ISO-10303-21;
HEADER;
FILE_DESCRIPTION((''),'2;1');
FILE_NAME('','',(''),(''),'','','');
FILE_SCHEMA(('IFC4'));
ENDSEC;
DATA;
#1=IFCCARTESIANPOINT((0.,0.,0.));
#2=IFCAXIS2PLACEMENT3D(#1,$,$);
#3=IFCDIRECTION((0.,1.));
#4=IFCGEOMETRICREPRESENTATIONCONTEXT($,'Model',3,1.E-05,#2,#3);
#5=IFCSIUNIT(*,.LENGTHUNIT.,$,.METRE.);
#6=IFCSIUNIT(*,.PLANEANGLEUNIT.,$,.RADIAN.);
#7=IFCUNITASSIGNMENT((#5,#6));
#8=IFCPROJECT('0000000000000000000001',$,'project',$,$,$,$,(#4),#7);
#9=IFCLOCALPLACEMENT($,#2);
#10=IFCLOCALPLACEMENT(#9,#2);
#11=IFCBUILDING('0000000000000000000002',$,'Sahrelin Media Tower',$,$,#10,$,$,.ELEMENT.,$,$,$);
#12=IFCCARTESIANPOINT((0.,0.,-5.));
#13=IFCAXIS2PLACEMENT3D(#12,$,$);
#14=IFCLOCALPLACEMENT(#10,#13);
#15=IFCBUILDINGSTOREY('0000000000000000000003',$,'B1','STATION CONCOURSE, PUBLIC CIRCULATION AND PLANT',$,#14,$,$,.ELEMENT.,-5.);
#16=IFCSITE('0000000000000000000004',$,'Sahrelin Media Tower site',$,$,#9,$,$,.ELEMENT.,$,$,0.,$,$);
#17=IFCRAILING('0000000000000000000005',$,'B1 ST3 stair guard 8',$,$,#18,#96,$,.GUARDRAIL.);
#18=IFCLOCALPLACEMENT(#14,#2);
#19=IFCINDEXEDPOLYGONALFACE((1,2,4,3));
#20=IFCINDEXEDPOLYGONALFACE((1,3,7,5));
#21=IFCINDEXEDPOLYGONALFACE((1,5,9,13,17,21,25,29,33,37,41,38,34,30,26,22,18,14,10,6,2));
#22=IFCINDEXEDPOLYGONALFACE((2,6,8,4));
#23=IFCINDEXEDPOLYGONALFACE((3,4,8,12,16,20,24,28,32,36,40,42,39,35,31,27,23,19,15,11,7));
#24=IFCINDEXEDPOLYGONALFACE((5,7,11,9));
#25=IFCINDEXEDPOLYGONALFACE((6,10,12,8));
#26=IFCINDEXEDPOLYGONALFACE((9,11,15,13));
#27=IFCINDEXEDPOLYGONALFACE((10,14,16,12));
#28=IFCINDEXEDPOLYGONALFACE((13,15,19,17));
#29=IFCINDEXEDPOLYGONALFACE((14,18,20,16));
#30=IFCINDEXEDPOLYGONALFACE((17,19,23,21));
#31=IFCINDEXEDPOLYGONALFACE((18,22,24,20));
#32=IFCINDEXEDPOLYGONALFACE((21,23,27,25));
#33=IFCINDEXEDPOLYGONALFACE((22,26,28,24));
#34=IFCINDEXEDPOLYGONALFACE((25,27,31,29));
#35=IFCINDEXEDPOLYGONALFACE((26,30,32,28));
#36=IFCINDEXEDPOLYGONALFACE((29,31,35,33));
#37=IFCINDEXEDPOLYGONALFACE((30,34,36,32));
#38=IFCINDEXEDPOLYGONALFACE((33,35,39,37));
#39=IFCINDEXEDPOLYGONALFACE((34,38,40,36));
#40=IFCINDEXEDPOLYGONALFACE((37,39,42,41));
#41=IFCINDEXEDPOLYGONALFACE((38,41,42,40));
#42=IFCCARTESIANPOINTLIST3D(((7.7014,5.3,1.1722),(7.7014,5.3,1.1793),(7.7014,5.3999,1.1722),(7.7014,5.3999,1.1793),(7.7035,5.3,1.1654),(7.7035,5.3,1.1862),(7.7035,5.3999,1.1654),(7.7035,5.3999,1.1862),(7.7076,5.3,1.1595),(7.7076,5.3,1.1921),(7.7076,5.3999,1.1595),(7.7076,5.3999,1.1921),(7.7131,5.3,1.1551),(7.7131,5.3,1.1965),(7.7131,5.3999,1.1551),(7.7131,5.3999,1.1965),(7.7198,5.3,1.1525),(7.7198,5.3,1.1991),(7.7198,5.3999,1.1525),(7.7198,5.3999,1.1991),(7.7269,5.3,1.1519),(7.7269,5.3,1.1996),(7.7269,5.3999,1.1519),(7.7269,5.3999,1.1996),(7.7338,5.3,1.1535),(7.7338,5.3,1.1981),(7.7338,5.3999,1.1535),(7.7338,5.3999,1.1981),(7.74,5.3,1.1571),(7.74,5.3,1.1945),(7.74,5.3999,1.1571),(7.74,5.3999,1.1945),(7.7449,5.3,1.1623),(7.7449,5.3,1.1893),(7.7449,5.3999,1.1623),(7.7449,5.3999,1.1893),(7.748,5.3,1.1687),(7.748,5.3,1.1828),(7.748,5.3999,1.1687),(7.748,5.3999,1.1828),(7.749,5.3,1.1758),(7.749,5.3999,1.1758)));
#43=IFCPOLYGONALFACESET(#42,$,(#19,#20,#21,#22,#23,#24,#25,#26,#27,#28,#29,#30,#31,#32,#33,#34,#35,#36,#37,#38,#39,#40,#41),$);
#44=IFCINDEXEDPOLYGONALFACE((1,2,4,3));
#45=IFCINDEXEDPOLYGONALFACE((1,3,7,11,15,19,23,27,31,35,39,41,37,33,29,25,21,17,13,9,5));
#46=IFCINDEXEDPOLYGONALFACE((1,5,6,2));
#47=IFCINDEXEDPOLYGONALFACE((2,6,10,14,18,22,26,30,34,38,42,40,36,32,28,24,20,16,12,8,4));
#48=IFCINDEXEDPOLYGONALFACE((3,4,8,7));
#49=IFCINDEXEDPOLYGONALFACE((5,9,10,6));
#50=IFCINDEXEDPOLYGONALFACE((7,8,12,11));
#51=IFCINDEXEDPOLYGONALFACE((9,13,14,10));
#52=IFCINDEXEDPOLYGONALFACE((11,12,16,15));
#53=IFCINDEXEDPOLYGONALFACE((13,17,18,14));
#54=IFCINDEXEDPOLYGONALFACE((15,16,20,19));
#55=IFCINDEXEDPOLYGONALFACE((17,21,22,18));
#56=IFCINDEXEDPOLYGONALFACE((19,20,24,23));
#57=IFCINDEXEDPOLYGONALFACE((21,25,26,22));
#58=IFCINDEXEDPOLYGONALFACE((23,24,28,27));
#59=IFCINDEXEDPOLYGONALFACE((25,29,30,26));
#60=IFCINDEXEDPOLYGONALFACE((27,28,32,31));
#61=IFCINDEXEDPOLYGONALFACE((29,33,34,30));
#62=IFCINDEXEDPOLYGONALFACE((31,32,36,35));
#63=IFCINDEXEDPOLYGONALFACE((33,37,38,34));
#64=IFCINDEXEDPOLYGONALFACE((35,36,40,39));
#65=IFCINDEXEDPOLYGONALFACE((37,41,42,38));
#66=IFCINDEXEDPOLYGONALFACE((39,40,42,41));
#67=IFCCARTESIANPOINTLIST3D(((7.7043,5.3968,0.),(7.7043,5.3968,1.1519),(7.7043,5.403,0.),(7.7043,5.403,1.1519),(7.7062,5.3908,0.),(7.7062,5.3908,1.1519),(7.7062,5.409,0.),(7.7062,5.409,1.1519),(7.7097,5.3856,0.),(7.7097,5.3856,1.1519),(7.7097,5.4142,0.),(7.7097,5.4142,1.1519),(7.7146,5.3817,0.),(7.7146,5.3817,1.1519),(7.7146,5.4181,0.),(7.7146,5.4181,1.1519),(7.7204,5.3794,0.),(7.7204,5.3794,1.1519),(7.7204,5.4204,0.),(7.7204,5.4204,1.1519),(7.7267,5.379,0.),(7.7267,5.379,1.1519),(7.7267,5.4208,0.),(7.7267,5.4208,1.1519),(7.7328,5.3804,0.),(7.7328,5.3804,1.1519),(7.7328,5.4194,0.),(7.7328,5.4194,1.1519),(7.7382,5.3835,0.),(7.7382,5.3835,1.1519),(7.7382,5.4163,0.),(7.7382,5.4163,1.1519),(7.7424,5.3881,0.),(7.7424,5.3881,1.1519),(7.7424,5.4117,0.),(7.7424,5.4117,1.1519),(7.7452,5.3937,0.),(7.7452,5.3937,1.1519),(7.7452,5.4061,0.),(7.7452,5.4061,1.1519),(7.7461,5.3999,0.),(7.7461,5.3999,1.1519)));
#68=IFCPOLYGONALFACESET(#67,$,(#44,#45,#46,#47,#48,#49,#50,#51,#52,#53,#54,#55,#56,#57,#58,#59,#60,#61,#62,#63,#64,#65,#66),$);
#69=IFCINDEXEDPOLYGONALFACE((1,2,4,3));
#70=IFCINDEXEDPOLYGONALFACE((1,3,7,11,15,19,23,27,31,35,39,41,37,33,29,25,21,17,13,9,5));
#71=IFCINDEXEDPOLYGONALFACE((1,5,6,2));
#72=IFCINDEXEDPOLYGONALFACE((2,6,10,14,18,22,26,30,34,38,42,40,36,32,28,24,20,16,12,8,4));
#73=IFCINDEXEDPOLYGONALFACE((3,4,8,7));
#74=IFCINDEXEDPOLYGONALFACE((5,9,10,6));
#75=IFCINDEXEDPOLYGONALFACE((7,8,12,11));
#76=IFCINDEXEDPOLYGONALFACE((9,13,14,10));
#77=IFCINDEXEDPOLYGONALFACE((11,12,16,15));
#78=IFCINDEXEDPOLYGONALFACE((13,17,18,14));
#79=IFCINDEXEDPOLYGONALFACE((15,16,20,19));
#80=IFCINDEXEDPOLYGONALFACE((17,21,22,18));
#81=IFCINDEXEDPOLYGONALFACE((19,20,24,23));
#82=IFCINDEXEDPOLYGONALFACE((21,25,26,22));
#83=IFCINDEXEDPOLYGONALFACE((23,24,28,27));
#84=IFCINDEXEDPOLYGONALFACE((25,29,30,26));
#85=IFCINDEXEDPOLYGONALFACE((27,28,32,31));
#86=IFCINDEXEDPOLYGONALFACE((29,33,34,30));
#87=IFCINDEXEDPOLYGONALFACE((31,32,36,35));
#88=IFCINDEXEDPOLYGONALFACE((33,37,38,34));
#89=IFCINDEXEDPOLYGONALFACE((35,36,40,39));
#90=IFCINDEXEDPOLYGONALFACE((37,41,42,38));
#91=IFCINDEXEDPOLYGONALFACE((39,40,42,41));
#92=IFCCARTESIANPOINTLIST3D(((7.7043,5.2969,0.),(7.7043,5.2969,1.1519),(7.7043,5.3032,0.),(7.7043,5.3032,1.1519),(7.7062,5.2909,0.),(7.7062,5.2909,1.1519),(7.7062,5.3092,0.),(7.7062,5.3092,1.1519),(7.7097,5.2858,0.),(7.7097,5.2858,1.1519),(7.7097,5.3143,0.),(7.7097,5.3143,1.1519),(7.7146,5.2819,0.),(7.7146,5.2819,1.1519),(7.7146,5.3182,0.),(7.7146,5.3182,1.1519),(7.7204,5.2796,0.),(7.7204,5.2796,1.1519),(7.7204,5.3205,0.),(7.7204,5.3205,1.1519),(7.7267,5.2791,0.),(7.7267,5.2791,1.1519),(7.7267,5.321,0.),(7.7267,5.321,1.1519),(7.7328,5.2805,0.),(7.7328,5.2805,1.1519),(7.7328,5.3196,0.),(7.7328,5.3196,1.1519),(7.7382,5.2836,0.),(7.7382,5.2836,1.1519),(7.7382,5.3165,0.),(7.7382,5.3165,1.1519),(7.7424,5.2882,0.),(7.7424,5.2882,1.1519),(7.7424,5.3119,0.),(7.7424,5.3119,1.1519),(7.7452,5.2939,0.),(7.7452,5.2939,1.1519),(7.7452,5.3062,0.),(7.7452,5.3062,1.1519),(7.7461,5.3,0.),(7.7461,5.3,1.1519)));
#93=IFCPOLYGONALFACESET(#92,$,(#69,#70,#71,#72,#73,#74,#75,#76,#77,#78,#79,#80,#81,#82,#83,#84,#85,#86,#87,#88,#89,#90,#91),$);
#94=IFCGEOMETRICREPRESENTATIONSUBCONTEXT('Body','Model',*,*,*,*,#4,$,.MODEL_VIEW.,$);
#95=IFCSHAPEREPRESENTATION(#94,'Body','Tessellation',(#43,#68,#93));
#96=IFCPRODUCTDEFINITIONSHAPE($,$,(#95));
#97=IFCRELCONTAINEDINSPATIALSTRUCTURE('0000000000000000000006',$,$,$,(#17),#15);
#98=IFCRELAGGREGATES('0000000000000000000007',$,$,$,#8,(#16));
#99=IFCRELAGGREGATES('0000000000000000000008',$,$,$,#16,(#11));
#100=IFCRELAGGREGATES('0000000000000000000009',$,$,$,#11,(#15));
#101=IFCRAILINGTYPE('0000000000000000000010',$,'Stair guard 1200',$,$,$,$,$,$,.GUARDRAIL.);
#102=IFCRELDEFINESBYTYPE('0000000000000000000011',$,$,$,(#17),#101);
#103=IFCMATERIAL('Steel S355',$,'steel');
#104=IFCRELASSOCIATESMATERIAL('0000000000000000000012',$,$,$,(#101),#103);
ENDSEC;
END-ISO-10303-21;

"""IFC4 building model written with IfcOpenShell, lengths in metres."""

from ifc_helpers import new_model, si_unit, direction, frame, origin, origin_2d, place, context, subcontext, project, spatial, circle, extrude, material, type_object, element, save


model = new_model("IFC4")

# Units and contexts
model_context = context("Model", 3, precision=1e-05, world=origin(), true_north=direction((0.0, 1.0)))
body_context = subcontext(model_context, "Body", "Model", "MODEL_VIEW")
ifc_project = project(units=[si_unit("LENGTHUNIT", "METRE"), si_unit("PLANEANGLEUNIT", "RADIAN")], contexts=[model_context])

# Site, building, storey
site_placement = place(None, origin())
site = spatial("IfcSite", under=ifc_project, at=site_placement, Name="Sahrelin Media Tower site", CompositionType="ELEMENT", RefElevation=0.0)
building_placement = place(site_placement, origin())
building = spatial("IfcBuilding", under=site, at=building_placement, Name="Sahrelin Media Tower", CompositionType="ELEMENT")
storey_placement = place(building_placement, frame((0.0, 0.0, -5.0)))
storey = spatial("IfcBuildingStorey", under=building, at=storey_placement, Name="B1", Description="STATION CONCOURSE, PUBLIC CIRCULATION AND PLANT", CompositionType="ELEMENT", Elevation=-5.0)

# Railing
ifc_material_1 = material(Name="Steel S355", Category="steel")
railing_type_1 = type_object("IfcRailingType", Name="Stair guard 1200", PredefinedType="GUARDRAIL", material=ifc_material_1)
railing_1_placement = place(storey_placement, frame((7.7251, 5.3999, 0.0)))
element("IfcRailing", 1, at=railing_1_placement, inside=storey, type_object=railing_type_1, Name="B1 ST3 stair guard 8", PredefinedType="GUARDRAIL", context=body_context, shape_type="SweptSolid", body=[
    extrude(circle(Radius=0.0239, at=origin_2d()), frame((0.0, 0.0, 1.1758), z_axis=(0.0, -1.0, 0.0), x_axis=(1.0, 0.0, 0.0)), (0.0, 0.0, 1.0), 0.0999),
    extrude(circle(Radius=0.021, at=origin_2d()), origin(), (0.0, 0.0, 1.0), 1.1519),
    extrude(circle(Radius=0.021, at=origin_2d()), frame((0.0, -0.0999, 0.0)), (0.0, 0.0, 1.0), 1.1519),
])

save(model, "model.ifc")
